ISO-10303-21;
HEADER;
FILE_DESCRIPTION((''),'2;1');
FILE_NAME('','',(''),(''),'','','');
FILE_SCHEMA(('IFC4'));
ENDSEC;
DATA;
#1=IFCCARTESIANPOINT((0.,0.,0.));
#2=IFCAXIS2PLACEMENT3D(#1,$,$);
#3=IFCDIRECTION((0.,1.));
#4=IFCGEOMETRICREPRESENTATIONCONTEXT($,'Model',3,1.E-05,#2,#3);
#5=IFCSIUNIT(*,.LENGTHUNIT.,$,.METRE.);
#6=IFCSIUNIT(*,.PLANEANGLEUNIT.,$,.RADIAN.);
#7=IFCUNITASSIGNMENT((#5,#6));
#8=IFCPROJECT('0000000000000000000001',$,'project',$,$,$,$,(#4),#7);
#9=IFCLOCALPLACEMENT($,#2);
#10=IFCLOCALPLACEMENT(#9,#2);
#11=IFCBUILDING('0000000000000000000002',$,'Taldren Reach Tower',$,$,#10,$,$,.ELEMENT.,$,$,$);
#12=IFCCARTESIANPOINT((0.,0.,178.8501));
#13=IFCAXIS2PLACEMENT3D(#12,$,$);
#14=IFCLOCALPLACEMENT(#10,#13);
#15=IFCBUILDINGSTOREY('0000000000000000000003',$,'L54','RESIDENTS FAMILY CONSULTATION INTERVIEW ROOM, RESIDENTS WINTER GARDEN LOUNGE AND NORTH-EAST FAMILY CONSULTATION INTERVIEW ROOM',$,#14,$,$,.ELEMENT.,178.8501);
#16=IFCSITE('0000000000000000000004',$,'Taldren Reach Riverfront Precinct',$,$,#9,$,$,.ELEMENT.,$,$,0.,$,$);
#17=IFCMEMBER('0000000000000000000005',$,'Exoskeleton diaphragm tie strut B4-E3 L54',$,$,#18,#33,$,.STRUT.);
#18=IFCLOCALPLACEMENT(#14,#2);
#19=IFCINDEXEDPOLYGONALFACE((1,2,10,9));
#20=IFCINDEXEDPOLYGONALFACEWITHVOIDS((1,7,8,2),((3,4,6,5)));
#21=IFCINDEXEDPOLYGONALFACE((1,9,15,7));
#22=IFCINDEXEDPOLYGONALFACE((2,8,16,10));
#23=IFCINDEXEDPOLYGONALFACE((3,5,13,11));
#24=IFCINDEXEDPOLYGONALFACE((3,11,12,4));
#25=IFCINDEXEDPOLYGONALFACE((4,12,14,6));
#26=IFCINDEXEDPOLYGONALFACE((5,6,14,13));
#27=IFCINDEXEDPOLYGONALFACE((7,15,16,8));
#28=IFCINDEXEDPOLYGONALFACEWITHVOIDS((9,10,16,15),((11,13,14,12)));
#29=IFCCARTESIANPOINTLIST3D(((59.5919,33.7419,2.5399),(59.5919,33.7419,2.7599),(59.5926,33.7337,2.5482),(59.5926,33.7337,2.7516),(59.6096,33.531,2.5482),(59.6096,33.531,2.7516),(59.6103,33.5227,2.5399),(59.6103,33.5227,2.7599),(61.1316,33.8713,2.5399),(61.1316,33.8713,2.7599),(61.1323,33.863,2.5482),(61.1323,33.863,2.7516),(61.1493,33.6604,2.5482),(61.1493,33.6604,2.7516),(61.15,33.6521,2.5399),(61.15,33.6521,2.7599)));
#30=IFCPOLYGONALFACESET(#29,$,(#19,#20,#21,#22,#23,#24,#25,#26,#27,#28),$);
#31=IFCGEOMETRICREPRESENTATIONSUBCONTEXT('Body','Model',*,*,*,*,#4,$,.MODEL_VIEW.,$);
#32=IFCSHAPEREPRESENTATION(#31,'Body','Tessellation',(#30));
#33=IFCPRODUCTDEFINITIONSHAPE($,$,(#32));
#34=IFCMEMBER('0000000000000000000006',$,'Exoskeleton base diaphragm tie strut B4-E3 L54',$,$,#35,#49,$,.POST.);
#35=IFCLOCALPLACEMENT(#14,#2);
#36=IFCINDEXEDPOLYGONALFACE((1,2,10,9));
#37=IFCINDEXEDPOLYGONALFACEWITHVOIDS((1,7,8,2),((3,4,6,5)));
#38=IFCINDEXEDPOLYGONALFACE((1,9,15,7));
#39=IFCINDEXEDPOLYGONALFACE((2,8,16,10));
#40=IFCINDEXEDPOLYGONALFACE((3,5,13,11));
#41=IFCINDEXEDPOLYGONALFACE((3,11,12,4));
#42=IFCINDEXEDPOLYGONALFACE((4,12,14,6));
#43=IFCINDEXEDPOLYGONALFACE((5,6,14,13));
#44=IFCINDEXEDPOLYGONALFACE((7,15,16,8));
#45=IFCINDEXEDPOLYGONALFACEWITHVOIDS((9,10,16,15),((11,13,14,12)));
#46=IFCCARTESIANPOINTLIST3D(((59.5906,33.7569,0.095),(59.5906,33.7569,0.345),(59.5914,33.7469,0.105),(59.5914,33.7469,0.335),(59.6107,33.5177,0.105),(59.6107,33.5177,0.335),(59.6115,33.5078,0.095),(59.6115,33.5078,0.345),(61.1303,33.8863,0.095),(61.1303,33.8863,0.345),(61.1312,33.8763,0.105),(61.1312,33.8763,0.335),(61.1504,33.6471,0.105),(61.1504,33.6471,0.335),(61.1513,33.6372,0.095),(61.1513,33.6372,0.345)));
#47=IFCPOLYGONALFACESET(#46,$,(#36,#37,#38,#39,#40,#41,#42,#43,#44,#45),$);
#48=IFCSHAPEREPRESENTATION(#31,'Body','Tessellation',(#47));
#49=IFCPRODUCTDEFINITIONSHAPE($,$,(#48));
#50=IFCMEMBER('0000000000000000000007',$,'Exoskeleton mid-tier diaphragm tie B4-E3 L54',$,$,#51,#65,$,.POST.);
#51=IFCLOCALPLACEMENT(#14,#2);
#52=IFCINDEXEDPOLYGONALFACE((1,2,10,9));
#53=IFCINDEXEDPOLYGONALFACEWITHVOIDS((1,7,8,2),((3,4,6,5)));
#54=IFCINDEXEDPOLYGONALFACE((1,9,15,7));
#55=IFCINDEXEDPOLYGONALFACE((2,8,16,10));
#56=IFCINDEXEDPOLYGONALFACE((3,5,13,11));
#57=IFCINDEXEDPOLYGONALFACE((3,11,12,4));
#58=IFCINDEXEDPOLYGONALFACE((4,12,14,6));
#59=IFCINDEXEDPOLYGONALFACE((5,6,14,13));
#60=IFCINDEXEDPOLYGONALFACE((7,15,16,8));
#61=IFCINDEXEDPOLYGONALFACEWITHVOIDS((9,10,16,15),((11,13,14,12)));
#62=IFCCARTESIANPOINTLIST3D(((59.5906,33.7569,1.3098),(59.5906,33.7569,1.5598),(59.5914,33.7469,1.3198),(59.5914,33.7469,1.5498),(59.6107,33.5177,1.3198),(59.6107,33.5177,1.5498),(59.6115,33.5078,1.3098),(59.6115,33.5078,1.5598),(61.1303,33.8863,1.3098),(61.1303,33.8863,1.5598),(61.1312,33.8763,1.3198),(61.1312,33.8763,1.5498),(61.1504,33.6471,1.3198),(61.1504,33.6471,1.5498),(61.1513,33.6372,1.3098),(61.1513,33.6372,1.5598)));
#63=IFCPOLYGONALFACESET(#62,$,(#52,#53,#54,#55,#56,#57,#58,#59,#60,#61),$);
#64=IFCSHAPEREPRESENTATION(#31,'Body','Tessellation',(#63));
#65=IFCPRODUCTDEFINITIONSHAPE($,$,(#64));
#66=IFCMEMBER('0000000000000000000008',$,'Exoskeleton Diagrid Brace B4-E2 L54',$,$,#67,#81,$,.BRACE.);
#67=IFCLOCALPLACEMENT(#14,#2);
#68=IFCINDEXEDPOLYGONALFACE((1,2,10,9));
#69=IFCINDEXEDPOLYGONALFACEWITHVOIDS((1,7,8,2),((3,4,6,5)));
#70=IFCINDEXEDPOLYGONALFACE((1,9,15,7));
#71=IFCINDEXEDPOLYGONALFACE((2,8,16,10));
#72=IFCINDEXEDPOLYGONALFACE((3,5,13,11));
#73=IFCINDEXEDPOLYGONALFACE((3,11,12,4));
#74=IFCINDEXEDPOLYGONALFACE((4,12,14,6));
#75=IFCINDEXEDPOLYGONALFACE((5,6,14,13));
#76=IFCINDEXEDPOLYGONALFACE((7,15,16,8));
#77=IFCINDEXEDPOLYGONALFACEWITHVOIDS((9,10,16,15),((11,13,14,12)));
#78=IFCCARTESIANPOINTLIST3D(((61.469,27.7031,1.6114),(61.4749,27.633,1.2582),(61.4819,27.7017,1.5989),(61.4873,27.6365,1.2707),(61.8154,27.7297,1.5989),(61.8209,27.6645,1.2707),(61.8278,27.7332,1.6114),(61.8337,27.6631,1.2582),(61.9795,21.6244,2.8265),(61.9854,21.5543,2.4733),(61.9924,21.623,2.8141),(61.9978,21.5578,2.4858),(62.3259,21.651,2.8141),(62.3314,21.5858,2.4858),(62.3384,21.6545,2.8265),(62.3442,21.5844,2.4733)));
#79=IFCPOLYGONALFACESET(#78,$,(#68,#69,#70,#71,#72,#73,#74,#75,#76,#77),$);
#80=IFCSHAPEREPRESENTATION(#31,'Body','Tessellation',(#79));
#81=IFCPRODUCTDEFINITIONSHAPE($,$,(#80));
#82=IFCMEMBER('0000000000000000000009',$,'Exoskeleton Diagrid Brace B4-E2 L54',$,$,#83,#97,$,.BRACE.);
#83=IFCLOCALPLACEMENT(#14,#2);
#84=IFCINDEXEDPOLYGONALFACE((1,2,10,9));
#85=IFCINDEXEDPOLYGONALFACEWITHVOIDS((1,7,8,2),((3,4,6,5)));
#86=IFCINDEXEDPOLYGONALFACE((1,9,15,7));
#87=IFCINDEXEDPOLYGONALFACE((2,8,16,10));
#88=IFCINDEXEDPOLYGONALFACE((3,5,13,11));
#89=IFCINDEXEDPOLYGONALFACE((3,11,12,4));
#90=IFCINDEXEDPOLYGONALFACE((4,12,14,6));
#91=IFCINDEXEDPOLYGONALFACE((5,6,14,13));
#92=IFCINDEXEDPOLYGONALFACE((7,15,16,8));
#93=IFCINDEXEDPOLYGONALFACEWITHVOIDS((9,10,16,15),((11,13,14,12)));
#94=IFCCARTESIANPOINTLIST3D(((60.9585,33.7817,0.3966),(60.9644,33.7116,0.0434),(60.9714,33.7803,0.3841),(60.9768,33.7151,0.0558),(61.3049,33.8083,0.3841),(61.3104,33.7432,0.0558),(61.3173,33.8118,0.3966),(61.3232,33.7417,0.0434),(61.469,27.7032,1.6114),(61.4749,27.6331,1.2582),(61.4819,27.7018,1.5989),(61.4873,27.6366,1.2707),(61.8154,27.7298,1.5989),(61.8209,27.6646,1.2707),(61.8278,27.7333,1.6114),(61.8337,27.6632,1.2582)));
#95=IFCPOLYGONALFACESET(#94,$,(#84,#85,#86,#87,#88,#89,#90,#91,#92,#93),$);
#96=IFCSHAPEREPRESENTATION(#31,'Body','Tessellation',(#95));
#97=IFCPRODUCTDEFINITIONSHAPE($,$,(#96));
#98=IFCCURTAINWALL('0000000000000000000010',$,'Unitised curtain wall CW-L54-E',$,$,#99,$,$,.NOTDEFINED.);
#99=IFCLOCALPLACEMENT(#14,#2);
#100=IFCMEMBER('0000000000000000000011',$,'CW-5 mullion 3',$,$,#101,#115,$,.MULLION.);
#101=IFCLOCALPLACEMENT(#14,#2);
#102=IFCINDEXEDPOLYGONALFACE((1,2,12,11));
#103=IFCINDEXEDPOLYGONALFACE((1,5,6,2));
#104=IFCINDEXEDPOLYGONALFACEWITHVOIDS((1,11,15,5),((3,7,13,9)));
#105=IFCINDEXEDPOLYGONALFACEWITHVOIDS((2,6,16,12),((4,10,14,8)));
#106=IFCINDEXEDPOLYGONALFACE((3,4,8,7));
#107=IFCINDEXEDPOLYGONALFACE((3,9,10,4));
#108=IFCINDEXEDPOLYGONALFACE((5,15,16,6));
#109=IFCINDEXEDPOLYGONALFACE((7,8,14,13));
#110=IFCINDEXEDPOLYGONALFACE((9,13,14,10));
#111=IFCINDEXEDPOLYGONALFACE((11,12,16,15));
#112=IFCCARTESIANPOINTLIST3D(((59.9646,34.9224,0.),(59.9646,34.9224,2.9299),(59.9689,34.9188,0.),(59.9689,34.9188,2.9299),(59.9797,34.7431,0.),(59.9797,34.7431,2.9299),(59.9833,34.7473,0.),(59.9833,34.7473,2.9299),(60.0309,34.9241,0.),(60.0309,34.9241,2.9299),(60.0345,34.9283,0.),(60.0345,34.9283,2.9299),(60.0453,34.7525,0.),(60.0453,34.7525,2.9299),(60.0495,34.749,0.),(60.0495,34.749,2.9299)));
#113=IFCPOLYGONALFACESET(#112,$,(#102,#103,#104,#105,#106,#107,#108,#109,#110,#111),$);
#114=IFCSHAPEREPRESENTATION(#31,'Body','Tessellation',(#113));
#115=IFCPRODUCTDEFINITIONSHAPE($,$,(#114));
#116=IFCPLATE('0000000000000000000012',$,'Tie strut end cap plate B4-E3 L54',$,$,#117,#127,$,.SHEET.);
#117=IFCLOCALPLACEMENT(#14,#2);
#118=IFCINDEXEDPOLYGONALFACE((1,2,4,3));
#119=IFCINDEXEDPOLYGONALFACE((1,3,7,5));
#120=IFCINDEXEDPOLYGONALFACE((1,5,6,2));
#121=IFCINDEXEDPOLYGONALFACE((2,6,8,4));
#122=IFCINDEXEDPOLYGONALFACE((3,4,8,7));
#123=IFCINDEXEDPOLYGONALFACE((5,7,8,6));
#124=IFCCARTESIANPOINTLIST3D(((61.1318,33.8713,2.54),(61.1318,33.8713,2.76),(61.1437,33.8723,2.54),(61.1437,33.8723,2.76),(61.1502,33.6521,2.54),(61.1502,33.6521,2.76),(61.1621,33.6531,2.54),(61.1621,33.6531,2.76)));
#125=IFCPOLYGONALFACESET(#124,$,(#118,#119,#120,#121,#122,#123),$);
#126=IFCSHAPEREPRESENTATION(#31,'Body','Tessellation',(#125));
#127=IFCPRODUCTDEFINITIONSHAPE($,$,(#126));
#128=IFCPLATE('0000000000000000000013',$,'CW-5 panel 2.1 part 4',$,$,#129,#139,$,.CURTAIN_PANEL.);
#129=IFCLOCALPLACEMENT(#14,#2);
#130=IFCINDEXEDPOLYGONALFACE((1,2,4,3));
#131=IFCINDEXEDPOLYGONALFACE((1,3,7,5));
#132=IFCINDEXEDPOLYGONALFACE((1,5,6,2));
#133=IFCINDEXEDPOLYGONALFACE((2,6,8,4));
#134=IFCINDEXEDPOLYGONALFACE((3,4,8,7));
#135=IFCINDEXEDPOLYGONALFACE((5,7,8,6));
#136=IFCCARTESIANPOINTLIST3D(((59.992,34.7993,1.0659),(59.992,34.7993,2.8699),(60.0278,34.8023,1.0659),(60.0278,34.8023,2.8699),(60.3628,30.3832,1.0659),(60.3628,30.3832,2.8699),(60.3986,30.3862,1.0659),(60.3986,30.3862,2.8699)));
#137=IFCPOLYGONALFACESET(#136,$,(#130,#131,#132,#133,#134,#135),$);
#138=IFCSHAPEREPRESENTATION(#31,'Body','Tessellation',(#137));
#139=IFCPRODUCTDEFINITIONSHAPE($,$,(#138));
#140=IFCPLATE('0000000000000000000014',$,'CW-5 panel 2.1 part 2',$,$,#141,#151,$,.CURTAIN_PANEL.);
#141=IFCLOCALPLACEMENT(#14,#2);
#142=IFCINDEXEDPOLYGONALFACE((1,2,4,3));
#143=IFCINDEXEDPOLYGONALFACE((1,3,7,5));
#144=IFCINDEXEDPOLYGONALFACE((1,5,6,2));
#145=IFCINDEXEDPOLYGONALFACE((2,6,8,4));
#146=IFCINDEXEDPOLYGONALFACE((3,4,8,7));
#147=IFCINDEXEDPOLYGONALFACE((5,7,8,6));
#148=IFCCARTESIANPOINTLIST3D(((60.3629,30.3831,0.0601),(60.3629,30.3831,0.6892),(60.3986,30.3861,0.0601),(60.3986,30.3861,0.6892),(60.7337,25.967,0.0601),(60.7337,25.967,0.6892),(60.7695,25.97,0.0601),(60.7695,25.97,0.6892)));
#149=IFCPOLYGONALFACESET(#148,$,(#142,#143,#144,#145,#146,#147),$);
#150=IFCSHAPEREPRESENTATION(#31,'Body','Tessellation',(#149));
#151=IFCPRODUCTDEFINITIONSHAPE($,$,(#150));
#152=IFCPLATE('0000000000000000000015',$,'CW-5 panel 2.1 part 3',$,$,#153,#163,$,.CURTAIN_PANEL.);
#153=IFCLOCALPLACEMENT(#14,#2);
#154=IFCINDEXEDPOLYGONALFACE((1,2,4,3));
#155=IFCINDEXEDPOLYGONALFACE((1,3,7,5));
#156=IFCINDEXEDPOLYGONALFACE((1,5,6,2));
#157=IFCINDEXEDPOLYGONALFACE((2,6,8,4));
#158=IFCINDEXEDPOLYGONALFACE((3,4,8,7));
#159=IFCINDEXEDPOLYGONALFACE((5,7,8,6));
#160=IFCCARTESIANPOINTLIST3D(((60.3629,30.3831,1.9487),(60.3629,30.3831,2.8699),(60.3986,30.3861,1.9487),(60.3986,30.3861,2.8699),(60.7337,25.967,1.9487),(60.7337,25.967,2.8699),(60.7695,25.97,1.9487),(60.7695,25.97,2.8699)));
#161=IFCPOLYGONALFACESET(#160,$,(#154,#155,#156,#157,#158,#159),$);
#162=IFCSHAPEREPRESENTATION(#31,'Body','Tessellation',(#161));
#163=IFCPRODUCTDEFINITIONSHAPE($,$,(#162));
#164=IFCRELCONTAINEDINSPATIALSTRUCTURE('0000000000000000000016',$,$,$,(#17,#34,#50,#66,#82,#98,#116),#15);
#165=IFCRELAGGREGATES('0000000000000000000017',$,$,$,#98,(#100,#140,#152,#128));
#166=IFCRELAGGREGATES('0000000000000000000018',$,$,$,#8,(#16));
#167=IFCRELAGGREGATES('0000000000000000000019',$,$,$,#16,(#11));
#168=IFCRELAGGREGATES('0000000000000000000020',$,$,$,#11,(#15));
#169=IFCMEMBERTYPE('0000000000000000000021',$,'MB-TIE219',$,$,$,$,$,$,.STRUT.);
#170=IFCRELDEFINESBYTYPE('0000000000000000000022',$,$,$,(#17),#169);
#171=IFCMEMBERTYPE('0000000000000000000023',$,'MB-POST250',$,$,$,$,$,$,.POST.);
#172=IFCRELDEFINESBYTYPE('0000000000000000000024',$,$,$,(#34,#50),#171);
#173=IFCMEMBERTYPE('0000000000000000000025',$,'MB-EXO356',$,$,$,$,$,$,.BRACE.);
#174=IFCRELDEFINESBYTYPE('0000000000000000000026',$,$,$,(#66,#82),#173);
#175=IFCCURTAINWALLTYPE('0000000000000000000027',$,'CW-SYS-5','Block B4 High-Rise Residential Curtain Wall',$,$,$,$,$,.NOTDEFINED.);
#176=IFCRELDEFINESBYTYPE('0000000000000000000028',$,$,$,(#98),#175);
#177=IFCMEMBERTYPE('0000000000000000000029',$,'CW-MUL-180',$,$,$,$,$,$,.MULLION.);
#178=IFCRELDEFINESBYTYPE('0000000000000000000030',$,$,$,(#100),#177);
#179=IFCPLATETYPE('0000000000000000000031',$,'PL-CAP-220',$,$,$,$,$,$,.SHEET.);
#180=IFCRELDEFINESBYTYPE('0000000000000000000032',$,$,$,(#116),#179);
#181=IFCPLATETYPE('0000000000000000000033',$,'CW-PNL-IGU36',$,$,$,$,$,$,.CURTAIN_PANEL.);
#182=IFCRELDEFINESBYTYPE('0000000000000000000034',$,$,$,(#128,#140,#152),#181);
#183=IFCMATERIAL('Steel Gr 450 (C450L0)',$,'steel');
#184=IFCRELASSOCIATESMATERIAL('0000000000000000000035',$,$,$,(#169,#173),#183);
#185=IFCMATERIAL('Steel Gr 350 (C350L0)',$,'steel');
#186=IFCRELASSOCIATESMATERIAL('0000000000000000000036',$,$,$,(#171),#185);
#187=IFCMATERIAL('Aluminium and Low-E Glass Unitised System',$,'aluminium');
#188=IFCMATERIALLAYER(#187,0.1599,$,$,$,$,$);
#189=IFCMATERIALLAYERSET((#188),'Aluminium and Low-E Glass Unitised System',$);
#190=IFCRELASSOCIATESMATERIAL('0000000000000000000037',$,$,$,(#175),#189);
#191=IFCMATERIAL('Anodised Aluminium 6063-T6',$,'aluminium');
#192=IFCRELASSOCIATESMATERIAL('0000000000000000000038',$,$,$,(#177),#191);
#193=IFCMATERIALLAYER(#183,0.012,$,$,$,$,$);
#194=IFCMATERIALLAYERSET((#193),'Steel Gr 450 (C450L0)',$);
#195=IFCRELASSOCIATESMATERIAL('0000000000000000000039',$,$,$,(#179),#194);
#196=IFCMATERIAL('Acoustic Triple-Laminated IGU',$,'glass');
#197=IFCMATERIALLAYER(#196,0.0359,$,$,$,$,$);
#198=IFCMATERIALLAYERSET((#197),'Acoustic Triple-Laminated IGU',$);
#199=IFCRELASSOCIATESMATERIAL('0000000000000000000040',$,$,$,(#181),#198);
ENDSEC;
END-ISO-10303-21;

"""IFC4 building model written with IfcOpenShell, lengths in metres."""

from ifc_helpers import new_model, si_unit, direction, frame, origin, origin_2d, place, context, subcontext, project, spatial, rectangle, hollow_rectangle, extrude, source, transform, mapped, material, layer, layer_set, material_profile, profile_set, type_object, element, aggregate, save


model = new_model("IFC4")

# Units and contexts
model_context = context("Model", 3, precision=1e-05, world=origin(), true_north=direction((0.0, 1.0)))
body_context = subcontext(model_context, "Body", "Model", "MODEL_VIEW")
ifc_project = project(units=[si_unit("LENGTHUNIT", "METRE"), si_unit("PLANEANGLEUNIT", "RADIAN")], contexts=[model_context])

# Site, building, storey
site_placement = place(None, origin())
site = spatial("IfcSite", under=ifc_project, at=site_placement, Name="Taldren Reach Riverfront Precinct", CompositionType="ELEMENT", RefElevation=0.0)
building_placement = place(site_placement, origin())
building = spatial("IfcBuilding", under=site, at=building_placement, Name="Taldren Reach Tower", CompositionType="ELEMENT")
storey_placement = place(building_placement, frame((0.0, 0.0, 178.8501)))
storey = spatial("IfcBuildingStorey", under=building, at=storey_placement, Name="L54", Description="RESIDENTS FAMILY CONSULTATION INTERVIEW ROOM, RESIDENTS WINTER GARDEN LOUNGE AND NORTH-EAST FAMILY CONSULTATION INTERVIEW ROOM", CompositionType="ELEMENT", Elevation=178.8501)

# Shared definitions
ifc_material_1 = material(Name="Steel Gr 450 (C450L0)", Category="steel")

# Members
ifc_material_profile_1 = material_profile(ifc_material_1, hollow_rectangle(XDim=0.22, YDim=0.22, WallThickness=0.0083, at=origin_2d()), Name="220x220x8.2SHS")
ifc_profile_set_1 = profile_set([ifc_material_profile_1], Name="Steel Gr 450 (C450L0)")
member_type_1 = type_object("IfcMemberType", Name="MB-TIE219", PredefinedType="STRUT", material=ifc_profile_set_1)
shared_shape_1 = source(origin(), body_context, "Body", "SweptSolid", [
    extrude(hollow_rectangle(XDim=0.22, YDim=0.22, WallThickness=0.0083, at=origin_2d()), origin(), (0.0, 0.0, 1.0), 1.5452),
])
member_1_placement = place(storey_placement, frame((59.6011, 33.6323, 2.6499), z_axis=(0.996488, 0.083738, 0.0), x_axis=(-0.083738, 0.996488, 0.0)))
element("IfcMember", 1, at=member_1_placement, inside=storey, type_object=member_type_1, Name="Exoskeleton diaphragm tie strut B4-E3 L54", PredefinedType="STRUT", context=body_context, shape_type="MappedRepresentation", body=[
    mapped(shared_shape_1, transform((0.0, 0.0, 0.0), scale=1.0)),
])
ifc_material_2 = material(Name="Steel Gr 350 (C350L0)", Category="steel")
ifc_material_profile_2 = material_profile(ifc_material_2, hollow_rectangle(XDim=0.25, YDim=0.25, WallThickness=0.01, at=origin_2d()), Name="250x250x10.0SHS")
ifc_profile_set_2 = profile_set([ifc_material_profile_2], Name="Steel Gr 350 (C350L0)")
member_type_2 = type_object("IfcMemberType", Name="MB-POST250", PredefinedType="POST", material=ifc_profile_set_2)
shared_shape_2 = source(origin(), body_context, "Body", "SweptSolid", [
    extrude(hollow_rectangle(XDim=0.25, YDim=0.25, WallThickness=0.01, at=origin_2d()), origin(), (0.0, 0.0, 1.0), 1.5452),
])
for number, where, z_axis, x_axis, name in (
    (2, (59.6011, 33.6323, 0.22), (0.996488, 0.083738, 0.0), (-0.083738, 0.996488, 0.0), "Exoskeleton base diaphragm tie strut B4-E3 L54"),
    (3, (59.6011, 33.6323, 1.4348), (0.996488, 0.083738, 0.0), (-0.083738, 0.996488, 0.0), "Exoskeleton mid-tier diaphragm tie B4-E3 L54"),
):
    element("IfcMember", number, at=place(storey_placement, frame(where, z_axis=z_axis, x_axis=x_axis)), inside=storey, type_object=member_type_2, Name=name, PredefinedType="POST", context=body_context, shape_type="MappedRepresentation", body=[
        mapped(shared_shape_2, transform((0.0, 0.0, 0.0), scale=1.0)),
    ])
ifc_material_profile_3 = material_profile(ifc_material_1, hollow_rectangle(XDim=0.3601, YDim=0.3601, WallThickness=0.0127, at=origin_2d()), Name="360x360x12.7SHS")
ifc_profile_set_3 = profile_set([ifc_material_profile_3], Name="Steel Gr 450 (C450L0)")
member_type_3 = type_object("IfcMemberType", Name="MB-EXO356", PredefinedType="BRACE", material=ifc_profile_set_3)
shared_shape_3 = source(origin(), body_context, "Body", "SweptSolid", [
    extrude(hollow_rectangle(XDim=0.3601, YDim=0.3601, WallThickness=0.0127, at=origin_2d()), origin(), (0.0, 0.0, 1.0), 6.22),
])
member_2_placement = place(storey_placement, frame((61.6514, 27.6831, 1.4348), z_axis=(0.082076, -0.977292, 0.195356), x_axis=(0.996492, 0.083688, 0.0)))
element("IfcMember", 4, at=member_2_placement, inside=storey, type_object=member_type_3, Name="Exoskeleton Diagrid Brace B4-E2 L54", PredefinedType="BRACE", context=body_context, shape_type="MappedRepresentation", body=[
    mapped(shared_shape_3, transform((0.0, 0.0, 0.0), scale=1.0)),
])
shared_shape_4 = source(origin(), body_context, "Body", "SweptSolid", [
    extrude(hollow_rectangle(XDim=0.3601, YDim=0.3601, WallThickness=0.0127, at=origin_2d()), origin(), (0.0, 0.0, 1.0), 6.2197),
])
member_3_placement = place(storey_placement, frame((61.1409, 33.7617, 0.22), z_axis=(0.082076, -0.977299, 0.195319), x_axis=(0.996492, 0.083688, 0.0)))
element("IfcMember", 5, at=member_3_placement, inside=storey, type_object=member_type_3, Name="Exoskeleton Diagrid Brace B4-E2 L54", PredefinedType="BRACE", context=body_context, shape_type="MappedRepresentation", body=[
    mapped(shared_shape_4, transform((0.0, 0.0, 0.0), scale=1.0)),
])

# Curtain wall, member
ifc_material_3 = material(Name="Aluminium and Low-E Glass Unitised System", Category="aluminium")
ifc_layer_1 = layer(ifc_material_3, 0.1599)
ifc_layer_set_1 = layer_set([ifc_layer_1], Name="Aluminium and Low-E Glass Unitised System")
curtain_wall_type = type_object("IfcCurtainWallType", Name="CW-SYS-5", Description="Block B4 High-Rise Residential Curtain Wall", PredefinedType="NOTDEFINED", material=ifc_layer_set_1)
curtain_wall_placement = place(storey_placement, origin())
curtain_wall = element("IfcCurtainWall", 6, at=curtain_wall_placement, inside=storey, type_object=curtain_wall_type, Name="Unitised curtain wall CW-L54-E", PredefinedType="NOTDEFINED")
ifc_material_4 = material(Name="Anodised Aluminium 6063-T6", Category="aluminium")
ifc_material_profile_4 = material_profile(ifc_material_4, hollow_rectangle(XDim=0.0701, YDim=0.1799, WallThickness=0.0039, at=origin_2d()), Name="ALU-180x70x4RHS")
ifc_profile_set_4 = profile_set([ifc_material_profile_4], Name="Anodised Aluminium 6063-T6")
member_type_4 = type_object("IfcMemberType", Name="CW-MUL-180", PredefinedType="MULLION", material=ifc_profile_set_4)
shared_shape_5 = source(origin(), body_context, "Body", "SweptSolid", [
    extrude(hollow_rectangle(XDim=0.0701, YDim=0.1799, WallThickness=0.0039, at=origin_2d()), origin(), (0.0, 0.0, 1.0), 2.9299),
])
member_4_placement = place(storey_placement, frame((60.0071, 34.8357, 0.0), z_axis=(0.0, 0.0, 1.0), x_axis=(-0.996493, -0.083678, 0.0)))
member_4 = element("IfcMember", 7, at=member_4_placement, type_object=member_type_4, Name="CW-5 mullion 3", PredefinedType="MULLION", context=body_context, shape_type="MappedRepresentation", body=[
    mapped(shared_shape_5, transform((0.0, 0.0, 0.0), scale=1.0)),
])

# Plates
ifc_layer_2 = layer(ifc_material_1, 0.012)
ifc_layer_set_2 = layer_set([ifc_layer_2], Name="Steel Gr 450 (C450L0)")
plate_type_1 = type_object("IfcPlateType", Name="PL-CAP-220", PredefinedType="SHEET", material=ifc_layer_set_2)
shared_shape_6 = source(origin(), body_context, "Body", "SweptSolid", [
    extrude(rectangle(XDim=0.012, YDim=0.22, at=origin_2d()), origin(), (0.0, 0.0, 1.0), 0.22),
])
plate_1_placement = place(storey_placement, frame((61.147, 33.7622, 2.54), z_axis=(0.0, 0.0, 1.0), x_axis=(0.996493, 0.083678, 0.0)))
element("IfcPlate", 8, at=plate_1_placement, inside=storey, type_object=plate_type_1, Name="Tie strut end cap plate B4-E3 L54", PredefinedType="SHEET", context=body_context, shape_type="MappedRepresentation", body=[
    mapped(shared_shape_6, transform((0.0, 0.0, 0.0), scale=1.0)),
])
ifc_material_5 = material(Name="Acoustic Triple-Laminated IGU", Category="glass")
ifc_layer_3 = layer(ifc_material_5, 0.0359)
ifc_layer_set_3 = layer_set([ifc_layer_3], Name="Acoustic Triple-Laminated IGU")
plate_type_2 = type_object("IfcPlateType", Name="CW-PNL-IGU36", PredefinedType="CURTAIN_PANEL", material=ifc_layer_set_3)
shared_shape_7 = source(origin(), body_context, "Body", "SweptSolid", [
    extrude(rectangle(XDim=4.4316, YDim=0.0359, at=origin_2d()), origin(), (0.0, 0.0, 1.0), 1.804),
])
plate_2_placement = place(storey_placement, frame((60.1953, 32.5928, 1.0659), z_axis=(0.0, 0.0, 1.0), x_axis=(-0.083678, 0.996493, 0.0)))
plate_2 = element("IfcPlate", 9, at=plate_2_placement, type_object=plate_type_2, Name="CW-5 panel 2.1 part 4", PredefinedType="CURTAIN_PANEL", context=body_context, shape_type="MappedRepresentation", body=[
    mapped(shared_shape_7, transform((0.0, 0.0, 0.0), scale=1.0)),
])
shared_shape_8 = source(origin(), body_context, "Body", "SweptSolid", [
    extrude(rectangle(XDim=4.4316, YDim=0.0359, at=origin_2d()), origin(), (0.0, 0.0, 1.0), 0.6292),
])
plate_3_placement = place(storey_placement, frame((60.5662, 28.1765, 0.0601), z_axis=(0.0, 0.0, 1.0), x_axis=(-0.083678, 0.996493, 0.0)))
plate_3 = element("IfcPlate", 10, at=plate_3_placement, type_object=plate_type_2, Name="CW-5 panel 2.1 part 2", PredefinedType="CURTAIN_PANEL", context=body_context, shape_type="MappedRepresentation", body=[
    mapped(shared_shape_8, transform((0.0, 0.0, 0.0), scale=1.0)),
])
shared_shape_9 = source(origin(), body_context, "Body", "SweptSolid", [
    extrude(rectangle(XDim=4.4316, YDim=0.0359, at=origin_2d()), origin(), (0.0, 0.0, 1.0), 0.9211),
])
plate_4_placement = place(storey_placement, frame((60.5662, 28.1765, 1.9487), z_axis=(0.0, 0.0, 1.0), x_axis=(-0.083678, 0.996493, 0.0)))
plate_4 = element("IfcPlate", 11, at=plate_4_placement, type_object=plate_type_2, Name="CW-5 panel 2.1 part 3", PredefinedType="CURTAIN_PANEL", context=body_context, shape_type="MappedRepresentation", body=[
    mapped(shared_shape_9, transform((0.0, 0.0, 0.0), scale=1.0)),
])
aggregate(curtain_wall, [member_4, plate_3, plate_4, plate_2])

save(model, "model.ifc")
